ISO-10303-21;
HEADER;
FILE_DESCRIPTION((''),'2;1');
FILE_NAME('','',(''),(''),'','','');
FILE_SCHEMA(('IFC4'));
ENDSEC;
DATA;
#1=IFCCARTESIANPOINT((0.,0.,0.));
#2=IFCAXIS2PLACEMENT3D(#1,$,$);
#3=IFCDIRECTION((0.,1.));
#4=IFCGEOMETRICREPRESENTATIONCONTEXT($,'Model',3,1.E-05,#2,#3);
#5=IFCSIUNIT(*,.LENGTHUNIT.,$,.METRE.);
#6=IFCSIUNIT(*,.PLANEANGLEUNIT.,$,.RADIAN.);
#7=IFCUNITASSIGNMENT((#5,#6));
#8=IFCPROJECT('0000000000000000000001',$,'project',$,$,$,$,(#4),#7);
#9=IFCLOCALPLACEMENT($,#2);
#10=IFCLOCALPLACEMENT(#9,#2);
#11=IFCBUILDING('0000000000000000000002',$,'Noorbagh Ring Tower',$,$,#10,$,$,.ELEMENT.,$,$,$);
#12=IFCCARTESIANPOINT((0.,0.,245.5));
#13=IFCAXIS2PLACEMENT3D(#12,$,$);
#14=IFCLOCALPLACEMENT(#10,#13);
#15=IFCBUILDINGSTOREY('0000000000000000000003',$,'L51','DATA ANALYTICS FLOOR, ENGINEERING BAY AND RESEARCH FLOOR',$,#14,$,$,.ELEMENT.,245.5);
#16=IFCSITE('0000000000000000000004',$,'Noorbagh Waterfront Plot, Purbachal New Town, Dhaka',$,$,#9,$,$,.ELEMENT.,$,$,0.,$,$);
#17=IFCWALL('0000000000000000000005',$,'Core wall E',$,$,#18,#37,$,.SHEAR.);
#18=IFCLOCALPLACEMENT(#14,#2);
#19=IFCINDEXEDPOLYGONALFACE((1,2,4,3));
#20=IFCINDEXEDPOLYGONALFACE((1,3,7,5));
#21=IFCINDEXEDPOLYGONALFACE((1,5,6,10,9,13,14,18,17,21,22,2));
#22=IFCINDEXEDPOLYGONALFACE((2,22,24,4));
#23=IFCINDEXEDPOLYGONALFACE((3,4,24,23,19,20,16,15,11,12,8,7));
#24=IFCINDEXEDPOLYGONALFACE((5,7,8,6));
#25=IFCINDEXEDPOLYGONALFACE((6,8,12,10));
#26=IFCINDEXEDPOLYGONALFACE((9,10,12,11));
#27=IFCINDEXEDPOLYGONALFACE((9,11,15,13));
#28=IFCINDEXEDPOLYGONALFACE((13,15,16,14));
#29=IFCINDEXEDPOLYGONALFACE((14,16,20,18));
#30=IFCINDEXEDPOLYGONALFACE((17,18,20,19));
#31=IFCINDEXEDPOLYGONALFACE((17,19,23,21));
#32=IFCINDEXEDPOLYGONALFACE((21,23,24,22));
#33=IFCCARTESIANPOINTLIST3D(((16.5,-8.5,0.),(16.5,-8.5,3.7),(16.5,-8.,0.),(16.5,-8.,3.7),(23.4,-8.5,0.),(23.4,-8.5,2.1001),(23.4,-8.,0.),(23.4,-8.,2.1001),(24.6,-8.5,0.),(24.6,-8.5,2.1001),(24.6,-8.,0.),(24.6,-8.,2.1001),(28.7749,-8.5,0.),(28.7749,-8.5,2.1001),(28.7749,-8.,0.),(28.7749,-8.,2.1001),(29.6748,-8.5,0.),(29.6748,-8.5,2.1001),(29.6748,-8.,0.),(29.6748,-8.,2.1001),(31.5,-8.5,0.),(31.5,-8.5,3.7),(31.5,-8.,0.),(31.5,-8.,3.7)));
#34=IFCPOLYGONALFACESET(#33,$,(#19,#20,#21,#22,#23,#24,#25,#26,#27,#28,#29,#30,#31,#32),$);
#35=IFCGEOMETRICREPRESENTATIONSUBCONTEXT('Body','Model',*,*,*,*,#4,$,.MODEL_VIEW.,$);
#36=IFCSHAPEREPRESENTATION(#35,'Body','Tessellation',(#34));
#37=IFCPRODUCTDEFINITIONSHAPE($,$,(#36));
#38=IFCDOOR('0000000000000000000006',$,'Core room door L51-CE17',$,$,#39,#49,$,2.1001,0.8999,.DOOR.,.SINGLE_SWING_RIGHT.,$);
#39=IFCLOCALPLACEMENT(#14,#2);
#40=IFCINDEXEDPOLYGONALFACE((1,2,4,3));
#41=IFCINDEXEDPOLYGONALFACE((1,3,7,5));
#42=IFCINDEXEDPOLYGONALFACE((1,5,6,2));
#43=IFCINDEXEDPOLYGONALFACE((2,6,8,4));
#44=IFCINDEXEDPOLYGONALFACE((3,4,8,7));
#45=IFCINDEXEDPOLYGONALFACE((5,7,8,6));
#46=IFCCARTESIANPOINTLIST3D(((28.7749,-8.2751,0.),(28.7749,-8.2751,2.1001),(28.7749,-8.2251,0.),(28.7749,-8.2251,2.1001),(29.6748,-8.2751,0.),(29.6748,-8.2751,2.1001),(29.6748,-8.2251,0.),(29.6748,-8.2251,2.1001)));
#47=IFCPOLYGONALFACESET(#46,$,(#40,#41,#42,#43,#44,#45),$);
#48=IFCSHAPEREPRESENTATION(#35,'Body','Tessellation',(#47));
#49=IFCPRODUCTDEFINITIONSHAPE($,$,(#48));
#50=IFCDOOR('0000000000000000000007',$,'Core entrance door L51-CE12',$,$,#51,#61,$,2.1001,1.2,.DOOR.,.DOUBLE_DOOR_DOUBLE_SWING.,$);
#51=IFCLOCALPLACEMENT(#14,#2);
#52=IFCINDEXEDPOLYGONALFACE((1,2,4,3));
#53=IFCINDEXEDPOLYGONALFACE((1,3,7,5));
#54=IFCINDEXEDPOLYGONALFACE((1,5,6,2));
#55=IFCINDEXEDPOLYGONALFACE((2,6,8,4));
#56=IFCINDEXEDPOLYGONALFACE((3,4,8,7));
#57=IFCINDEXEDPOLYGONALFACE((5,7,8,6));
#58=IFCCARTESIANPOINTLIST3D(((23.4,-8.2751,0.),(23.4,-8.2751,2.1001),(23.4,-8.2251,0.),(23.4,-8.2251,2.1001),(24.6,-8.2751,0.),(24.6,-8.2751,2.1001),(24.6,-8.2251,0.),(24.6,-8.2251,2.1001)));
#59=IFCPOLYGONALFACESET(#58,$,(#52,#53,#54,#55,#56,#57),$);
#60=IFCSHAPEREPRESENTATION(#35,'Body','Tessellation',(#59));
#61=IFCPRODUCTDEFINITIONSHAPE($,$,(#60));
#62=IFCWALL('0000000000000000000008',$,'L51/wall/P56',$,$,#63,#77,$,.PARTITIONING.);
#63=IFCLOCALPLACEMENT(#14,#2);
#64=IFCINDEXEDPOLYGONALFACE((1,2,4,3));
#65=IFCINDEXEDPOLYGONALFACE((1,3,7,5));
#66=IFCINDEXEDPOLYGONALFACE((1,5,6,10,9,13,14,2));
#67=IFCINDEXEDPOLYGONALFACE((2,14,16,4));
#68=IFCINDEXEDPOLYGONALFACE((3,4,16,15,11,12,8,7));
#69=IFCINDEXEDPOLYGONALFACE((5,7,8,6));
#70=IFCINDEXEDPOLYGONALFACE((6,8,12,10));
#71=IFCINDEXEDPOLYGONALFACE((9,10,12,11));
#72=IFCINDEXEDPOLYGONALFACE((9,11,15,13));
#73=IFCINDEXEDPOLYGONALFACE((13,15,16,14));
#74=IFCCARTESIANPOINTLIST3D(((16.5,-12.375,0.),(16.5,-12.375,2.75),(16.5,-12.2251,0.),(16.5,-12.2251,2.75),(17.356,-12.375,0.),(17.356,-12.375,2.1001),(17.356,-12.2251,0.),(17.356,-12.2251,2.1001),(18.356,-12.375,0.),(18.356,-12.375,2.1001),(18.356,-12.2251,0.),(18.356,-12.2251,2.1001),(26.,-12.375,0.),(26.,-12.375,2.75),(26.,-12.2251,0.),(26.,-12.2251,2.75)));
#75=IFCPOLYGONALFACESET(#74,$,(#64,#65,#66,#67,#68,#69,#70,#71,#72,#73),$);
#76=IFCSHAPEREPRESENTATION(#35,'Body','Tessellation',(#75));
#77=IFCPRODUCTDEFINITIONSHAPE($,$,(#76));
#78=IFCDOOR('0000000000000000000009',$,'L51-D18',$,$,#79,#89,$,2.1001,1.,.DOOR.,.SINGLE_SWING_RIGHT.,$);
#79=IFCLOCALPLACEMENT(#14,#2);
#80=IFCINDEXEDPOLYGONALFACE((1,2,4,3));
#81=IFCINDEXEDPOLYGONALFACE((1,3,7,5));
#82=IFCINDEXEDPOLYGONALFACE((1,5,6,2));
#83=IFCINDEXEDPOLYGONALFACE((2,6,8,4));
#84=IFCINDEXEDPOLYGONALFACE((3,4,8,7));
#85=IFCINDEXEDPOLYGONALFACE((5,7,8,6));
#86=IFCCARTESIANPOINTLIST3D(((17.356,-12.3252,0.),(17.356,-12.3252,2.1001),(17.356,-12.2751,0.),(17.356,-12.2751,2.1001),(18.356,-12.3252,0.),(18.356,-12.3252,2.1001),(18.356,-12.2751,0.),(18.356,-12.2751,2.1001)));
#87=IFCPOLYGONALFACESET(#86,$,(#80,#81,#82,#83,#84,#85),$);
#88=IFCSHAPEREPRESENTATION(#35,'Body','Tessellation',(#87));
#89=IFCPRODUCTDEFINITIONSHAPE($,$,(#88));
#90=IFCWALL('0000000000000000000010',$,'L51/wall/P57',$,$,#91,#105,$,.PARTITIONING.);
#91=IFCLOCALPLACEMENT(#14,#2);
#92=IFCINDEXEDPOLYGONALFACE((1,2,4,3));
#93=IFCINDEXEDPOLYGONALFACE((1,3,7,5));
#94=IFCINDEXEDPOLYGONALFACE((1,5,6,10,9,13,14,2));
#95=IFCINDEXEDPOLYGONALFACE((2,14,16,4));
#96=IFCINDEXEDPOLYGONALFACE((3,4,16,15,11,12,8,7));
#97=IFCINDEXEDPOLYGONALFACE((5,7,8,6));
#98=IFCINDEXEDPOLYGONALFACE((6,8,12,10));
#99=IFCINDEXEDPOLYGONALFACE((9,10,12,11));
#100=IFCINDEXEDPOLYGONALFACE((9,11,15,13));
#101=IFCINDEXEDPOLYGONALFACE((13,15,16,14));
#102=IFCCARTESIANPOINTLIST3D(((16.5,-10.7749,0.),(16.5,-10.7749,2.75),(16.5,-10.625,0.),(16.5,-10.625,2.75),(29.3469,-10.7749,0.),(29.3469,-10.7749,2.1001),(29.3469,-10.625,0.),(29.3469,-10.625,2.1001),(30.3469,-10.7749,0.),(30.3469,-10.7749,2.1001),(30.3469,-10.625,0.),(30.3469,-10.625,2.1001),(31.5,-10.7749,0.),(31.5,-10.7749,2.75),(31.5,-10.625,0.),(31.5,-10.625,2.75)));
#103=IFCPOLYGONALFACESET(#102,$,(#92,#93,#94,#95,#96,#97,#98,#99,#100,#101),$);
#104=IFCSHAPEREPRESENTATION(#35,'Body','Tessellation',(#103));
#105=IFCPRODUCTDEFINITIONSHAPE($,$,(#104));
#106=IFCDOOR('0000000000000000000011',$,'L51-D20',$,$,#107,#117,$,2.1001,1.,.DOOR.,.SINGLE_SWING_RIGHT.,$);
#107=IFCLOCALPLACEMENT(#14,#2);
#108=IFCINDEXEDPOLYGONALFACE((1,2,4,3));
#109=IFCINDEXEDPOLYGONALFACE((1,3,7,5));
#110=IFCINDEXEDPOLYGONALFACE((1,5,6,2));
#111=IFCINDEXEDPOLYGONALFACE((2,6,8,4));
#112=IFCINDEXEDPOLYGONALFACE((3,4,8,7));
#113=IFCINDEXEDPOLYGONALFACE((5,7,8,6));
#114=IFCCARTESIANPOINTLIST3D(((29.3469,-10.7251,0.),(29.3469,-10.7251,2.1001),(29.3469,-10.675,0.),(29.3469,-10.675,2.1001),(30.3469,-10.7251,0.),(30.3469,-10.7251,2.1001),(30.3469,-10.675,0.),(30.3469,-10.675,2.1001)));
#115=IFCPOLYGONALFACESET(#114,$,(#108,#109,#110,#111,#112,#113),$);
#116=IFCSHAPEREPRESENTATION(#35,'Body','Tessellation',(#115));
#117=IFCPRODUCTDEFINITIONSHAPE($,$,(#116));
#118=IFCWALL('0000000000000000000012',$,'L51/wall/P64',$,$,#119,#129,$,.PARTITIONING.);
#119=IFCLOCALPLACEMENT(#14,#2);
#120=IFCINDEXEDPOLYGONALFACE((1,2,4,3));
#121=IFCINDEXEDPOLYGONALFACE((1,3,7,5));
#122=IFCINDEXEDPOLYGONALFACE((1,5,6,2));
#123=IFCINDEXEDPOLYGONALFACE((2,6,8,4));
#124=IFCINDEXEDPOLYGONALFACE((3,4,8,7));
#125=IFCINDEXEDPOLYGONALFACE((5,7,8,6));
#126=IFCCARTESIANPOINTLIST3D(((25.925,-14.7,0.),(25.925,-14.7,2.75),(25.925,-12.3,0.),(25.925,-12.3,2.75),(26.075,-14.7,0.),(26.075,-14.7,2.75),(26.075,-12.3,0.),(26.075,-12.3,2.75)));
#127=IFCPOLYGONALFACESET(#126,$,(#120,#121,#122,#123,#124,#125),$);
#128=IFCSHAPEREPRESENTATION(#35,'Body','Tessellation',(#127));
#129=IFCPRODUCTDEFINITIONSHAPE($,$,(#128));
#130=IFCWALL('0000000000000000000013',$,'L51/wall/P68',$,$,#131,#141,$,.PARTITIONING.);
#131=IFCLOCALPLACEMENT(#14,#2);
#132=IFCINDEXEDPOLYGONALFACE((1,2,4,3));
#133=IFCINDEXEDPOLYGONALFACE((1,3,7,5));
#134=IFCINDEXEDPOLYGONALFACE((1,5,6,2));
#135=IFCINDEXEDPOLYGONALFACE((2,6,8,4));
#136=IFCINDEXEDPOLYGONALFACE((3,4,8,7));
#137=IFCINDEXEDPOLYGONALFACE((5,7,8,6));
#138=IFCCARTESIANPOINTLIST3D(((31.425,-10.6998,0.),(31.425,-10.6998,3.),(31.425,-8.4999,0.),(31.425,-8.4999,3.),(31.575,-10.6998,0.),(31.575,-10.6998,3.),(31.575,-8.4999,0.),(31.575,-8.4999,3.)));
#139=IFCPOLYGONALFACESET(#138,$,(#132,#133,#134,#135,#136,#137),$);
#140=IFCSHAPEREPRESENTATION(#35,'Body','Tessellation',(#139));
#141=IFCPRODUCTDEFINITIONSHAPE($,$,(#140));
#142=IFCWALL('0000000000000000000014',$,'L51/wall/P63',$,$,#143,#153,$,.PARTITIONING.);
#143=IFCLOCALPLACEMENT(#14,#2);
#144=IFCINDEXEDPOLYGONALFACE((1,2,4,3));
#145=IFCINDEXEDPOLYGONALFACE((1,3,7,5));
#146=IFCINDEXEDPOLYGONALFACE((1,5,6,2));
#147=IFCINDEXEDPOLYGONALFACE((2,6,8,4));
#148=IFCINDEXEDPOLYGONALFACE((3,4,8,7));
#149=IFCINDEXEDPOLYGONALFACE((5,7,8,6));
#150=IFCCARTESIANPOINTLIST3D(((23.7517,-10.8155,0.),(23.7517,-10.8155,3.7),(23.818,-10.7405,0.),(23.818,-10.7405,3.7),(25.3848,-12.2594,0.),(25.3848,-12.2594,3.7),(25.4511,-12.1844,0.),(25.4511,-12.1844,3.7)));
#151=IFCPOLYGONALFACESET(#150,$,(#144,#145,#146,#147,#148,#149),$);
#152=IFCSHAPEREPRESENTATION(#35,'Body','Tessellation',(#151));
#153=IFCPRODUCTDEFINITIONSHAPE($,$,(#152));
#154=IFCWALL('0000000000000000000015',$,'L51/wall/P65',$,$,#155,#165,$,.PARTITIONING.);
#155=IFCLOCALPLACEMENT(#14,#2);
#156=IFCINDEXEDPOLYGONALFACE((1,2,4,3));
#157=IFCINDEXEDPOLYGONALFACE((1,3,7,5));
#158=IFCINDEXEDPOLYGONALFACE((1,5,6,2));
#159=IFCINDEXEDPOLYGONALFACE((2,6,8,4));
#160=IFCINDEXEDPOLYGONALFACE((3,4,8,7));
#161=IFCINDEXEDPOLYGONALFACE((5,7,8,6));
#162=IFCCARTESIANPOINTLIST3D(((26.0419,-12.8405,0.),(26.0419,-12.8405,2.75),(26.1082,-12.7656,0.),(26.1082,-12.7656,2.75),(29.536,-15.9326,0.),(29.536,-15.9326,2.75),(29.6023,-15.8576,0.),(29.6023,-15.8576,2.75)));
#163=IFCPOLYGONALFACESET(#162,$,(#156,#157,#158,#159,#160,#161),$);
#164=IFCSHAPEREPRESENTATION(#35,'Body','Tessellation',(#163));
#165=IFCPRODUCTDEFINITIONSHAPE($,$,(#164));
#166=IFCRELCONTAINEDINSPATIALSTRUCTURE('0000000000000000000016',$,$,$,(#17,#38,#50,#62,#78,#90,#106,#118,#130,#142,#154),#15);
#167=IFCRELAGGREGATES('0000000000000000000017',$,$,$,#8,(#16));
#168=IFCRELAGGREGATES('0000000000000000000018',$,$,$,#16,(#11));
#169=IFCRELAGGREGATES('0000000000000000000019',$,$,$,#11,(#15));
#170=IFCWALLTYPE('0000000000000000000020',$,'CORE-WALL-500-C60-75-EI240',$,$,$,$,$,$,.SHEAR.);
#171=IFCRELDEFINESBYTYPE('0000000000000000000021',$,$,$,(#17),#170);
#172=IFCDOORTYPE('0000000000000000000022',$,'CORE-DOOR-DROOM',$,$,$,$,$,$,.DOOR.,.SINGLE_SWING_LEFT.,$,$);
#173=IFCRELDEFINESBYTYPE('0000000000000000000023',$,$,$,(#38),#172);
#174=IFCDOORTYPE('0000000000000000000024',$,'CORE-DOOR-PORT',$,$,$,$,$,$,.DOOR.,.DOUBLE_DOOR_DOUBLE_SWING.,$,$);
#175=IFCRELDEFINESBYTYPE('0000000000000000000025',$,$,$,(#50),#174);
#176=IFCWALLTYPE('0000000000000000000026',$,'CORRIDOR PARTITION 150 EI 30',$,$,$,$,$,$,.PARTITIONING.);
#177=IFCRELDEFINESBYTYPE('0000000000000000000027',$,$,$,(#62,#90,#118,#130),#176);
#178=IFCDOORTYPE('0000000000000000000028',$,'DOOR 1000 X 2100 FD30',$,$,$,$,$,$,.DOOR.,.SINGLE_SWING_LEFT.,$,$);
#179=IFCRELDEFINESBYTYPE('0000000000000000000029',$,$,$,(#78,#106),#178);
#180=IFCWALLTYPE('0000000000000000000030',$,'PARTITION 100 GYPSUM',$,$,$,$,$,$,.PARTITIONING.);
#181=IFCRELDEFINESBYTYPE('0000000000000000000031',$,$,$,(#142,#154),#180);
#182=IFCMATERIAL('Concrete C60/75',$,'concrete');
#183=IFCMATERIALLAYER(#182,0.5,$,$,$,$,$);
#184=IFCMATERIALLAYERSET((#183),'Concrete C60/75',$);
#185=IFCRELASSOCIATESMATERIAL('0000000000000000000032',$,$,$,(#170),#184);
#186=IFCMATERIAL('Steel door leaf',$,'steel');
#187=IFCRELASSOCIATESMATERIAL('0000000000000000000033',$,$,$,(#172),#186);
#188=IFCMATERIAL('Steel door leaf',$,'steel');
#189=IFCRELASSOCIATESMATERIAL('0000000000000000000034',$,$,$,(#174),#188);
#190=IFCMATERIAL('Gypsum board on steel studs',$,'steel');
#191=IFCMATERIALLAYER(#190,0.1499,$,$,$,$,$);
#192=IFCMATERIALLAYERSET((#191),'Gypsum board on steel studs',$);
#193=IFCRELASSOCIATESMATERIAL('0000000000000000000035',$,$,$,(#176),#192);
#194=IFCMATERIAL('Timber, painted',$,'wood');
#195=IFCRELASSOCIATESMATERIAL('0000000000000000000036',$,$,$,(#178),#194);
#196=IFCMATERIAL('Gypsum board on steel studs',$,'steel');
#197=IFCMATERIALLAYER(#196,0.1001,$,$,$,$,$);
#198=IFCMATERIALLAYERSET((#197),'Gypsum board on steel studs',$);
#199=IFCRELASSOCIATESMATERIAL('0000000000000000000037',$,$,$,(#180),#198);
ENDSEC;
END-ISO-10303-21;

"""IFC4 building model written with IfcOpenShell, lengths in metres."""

from ifc_helpers import new_model, si_unit, direction, frame, frame_2d, origin, place, context, subcontext, project, spatial, rectangle, extrude, material, layer, layer_set, type_object, element, fill, save


model = new_model("IFC4")

# Units and contexts
model_context = context("Model", 3, precision=1e-05, world=origin(), true_north=direction((0.0, 1.0)))
body_context = subcontext(model_context, "Body", "Model", "MODEL_VIEW")
ifc_project = project(units=[si_unit("LENGTHUNIT", "METRE"), si_unit("PLANEANGLEUNIT", "RADIAN")], contexts=[model_context])

# Site, building, storey
site_placement = place(None, origin())
site = spatial("IfcSite", under=ifc_project, at=site_placement, Name="Noorbagh Waterfront Plot, Purbachal New Town, Dhaka", CompositionType="ELEMENT", RefElevation=0.0)
building_placement = place(site_placement, origin())
building = spatial("IfcBuilding", under=site, at=building_placement, Name="Noorbagh Ring Tower", CompositionType="ELEMENT")
storey_placement = place(building_placement, frame((0.0, 0.0, 245.5)))
storey = spatial("IfcBuildingStorey", under=building, at=storey_placement, Name="L51", Description="DATA ANALYTICS FLOOR, ENGINEERING BAY AND RESEARCH FLOOR", CompositionType="ELEMENT", Elevation=245.5)

# Wall, openings, doors
ifc_material_1 = material(Name="Concrete C60/75", Category="concrete")
ifc_layer_1 = layer(ifc_material_1, 0.5)
ifc_layer_set_1 = layer_set([ifc_layer_1], Name="Concrete C60/75")
wall_type_1 = type_object("IfcWallType", Name="CORE-WALL-500-C60-75-EI240", PredefinedType="SHEAR", material=ifc_layer_set_1)
wall_1_placement = place(storey_placement, frame((16.5, -8.25, 0.0), z_axis=(0.0, 0.0, 1.0), x_axis=(1.0, 0.0, 0.0)))
wall_1 = element("IfcWall", 1, at=wall_1_placement, inside=storey, type_object=wall_type_1, Name="Core wall E", PredefinedType="SHEAR", context=body_context, shape_type="SweptSolid", body=[
    extrude(rectangle(XDim=15.0, YDim=0.5, at=frame_2d((7.5, 0.0))), origin(), (0.0, 0.0, 1.0), 3.7),
])
opening_1_placement = place(wall_1_placement, frame((6.8999, 0.0, 0.0)))
opening_1 = element("IfcOpeningElement", 2, at=opening_1_placement, cuts=wall_1, PredefinedType="OPENING", context=body_context, shape_type="SweptSolid", body=[
    extrude(rectangle(XDim=1.2, YDim=2.1001, at=frame_2d((0.6001, 1.05))), frame((0.0, 0.26, 0.0), z_axis=(0.0, -1.0, 0.0), x_axis=(1.0, 0.0, 0.0)), (0.0, 0.0, 1.0), 0.52),
])
opening_2_placement = place(wall_1_placement, frame((12.2749, 0.0, 0.0)))
opening_2 = element("IfcOpeningElement", 3, at=opening_2_placement, cuts=wall_1, PredefinedType="OPENING", context=body_context, shape_type="SweptSolid", body=[
    extrude(rectangle(XDim=0.8999, YDim=2.1001, at=frame_2d((0.45, 1.05))), frame((0.0, 0.26, 0.0), z_axis=(0.0, -1.0, 0.0), x_axis=(1.0, 0.0, 0.0)), (0.0, 0.0, 1.0), 0.52),
])
ifc_material_2 = material(Name="Steel door leaf", Category="steel")
door_type_1 = type_object("IfcDoorType", Name="CORE-DOOR-DROOM", OperationType="SINGLE_SWING_LEFT", PredefinedType="DOOR", material=ifc_material_2)
door_1_placement = place(opening_2_placement, origin())
door_1 = element("IfcDoor", 4, at=door_1_placement, inside=storey, type_object=door_type_1, Name="Core room door L51-CE17", OperationType="SINGLE_SWING_RIGHT", OverallHeight=2.1001, OverallWidth=0.8999, PredefinedType="DOOR", context=body_context, shape_type="SweptSolid", body=[
    extrude(rectangle(XDim=0.8999, YDim=2.1001, at=frame_2d((0.45, 1.05))), frame((0.0, 0.0249, 0.0), z_axis=(0.0, -1.0, 0.0), x_axis=(1.0, 0.0, 0.0)), (0.0, 0.0, 1.0), 0.05),
])
fill(opening_2, door_1)
ifc_material_3 = material(Name="Steel door leaf", Category="steel")
door_type_2 = type_object("IfcDoorType", Name="CORE-DOOR-PORT", OperationType="DOUBLE_DOOR_DOUBLE_SWING", PredefinedType="DOOR", material=ifc_material_3)
door_2_placement = place(opening_1_placement, origin())
door_2 = element("IfcDoor", 5, at=door_2_placement, inside=storey, type_object=door_type_2, Name="Core entrance door L51-CE12", OperationType="DOUBLE_DOOR_DOUBLE_SWING", OverallHeight=2.1001, OverallWidth=1.2, PredefinedType="DOOR", context=body_context, shape_type="SweptSolid", body=[
    extrude(rectangle(XDim=1.2, YDim=2.1001, at=frame_2d((0.6001, 1.05))), frame((0.0, 0.0249, 0.0), z_axis=(0.0, -1.0, 0.0), x_axis=(1.0, 0.0, 0.0)), (0.0, 0.0, 1.0), 0.05),
])
fill(opening_1, door_2)

# Walls, openings, doors
ifc_material_4 = material(Name="Gypsum board on steel studs", Category="steel")
ifc_layer_2 = layer(ifc_material_4, 0.1499)
ifc_layer_set_2 = layer_set([ifc_layer_2], Name="Gypsum board on steel studs")
wall_type_2 = type_object("IfcWallType", Name="CORRIDOR PARTITION 150 EI 30", PredefinedType="PARTITIONING", material=ifc_layer_set_2)
wall_2_placement = place(storey_placement, frame((16.5, -12.3, 0.0), z_axis=(0.0, 0.0, 1.0), x_axis=(1.0, 0.0, 0.0)))
wall_2 = element("IfcWall", 6, at=wall_2_placement, inside=storey, type_object=wall_type_2, Name="L51/wall/P56", PredefinedType="PARTITIONING", context=body_context, shape_type="SweptSolid", body=[
    extrude(rectangle(XDim=9.5, YDim=0.1499, at=frame_2d((4.75, 0.0))), origin(), (0.0, 0.0, 1.0), 2.75),
])
opening_3_placement = place(wall_2_placement, frame((0.856, 0.0, 0.0)))
opening_3 = element("IfcOpeningElement", 7, at=opening_3_placement, cuts=wall_2, PredefinedType="OPENING", context=body_context, shape_type="SweptSolid", body=[
    extrude(rectangle(XDim=1.0, YDim=2.1001, at=frame_2d((0.5, 1.05))), frame((0.0, 0.085, 0.0), z_axis=(0.0, -1.0, 0.0), x_axis=(1.0, 0.0, 0.0)), (0.0, 0.0, 1.0), 0.1699),
])
ifc_material_5 = material(Name="Timber, painted", Category="wood")
door_type_3 = type_object("IfcDoorType", Name="DOOR 1000 X 2100 FD30", OperationType="SINGLE_SWING_LEFT", PredefinedType="DOOR", material=ifc_material_5)
door_3_placement = place(opening_3_placement, origin())
door_3 = element("IfcDoor", 8, at=door_3_placement, inside=storey, type_object=door_type_3, Name="L51-D18", OperationType="SINGLE_SWING_RIGHT", OverallHeight=2.1001, OverallWidth=1.0, PredefinedType="DOOR", context=body_context, shape_type="SweptSolid", body=[
    extrude(rectangle(XDim=1.0, YDim=2.1001, at=frame_2d((0.5, 1.05))), frame((0.0, 0.0249, 0.0), z_axis=(0.0, -1.0, 0.0), x_axis=(1.0, 0.0, 0.0)), (0.0, 0.0, 1.0), 0.05),
])
fill(opening_3, door_3)
wall_3_placement = place(storey_placement, frame((16.5, -10.7, 0.0), z_axis=(0.0, 0.0, 1.0), x_axis=(1.0, 0.0, 0.0)))
wall_3 = element("IfcWall", 9, at=wall_3_placement, inside=storey, type_object=wall_type_2, Name="L51/wall/P57", PredefinedType="PARTITIONING", context=body_context, shape_type="SweptSolid", body=[
    extrude(rectangle(XDim=15.0, YDim=0.1499, at=frame_2d((7.5, 0.0))), origin(), (0.0, 0.0, 1.0), 2.75),
])
opening_4_placement = place(wall_3_placement, frame((12.8469, 0.0, 0.0)))
opening_4 = element("IfcOpeningElement", 10, at=opening_4_placement, cuts=wall_3, PredefinedType="OPENING", context=body_context, shape_type="SweptSolid", body=[
    extrude(rectangle(XDim=1.0, YDim=2.1001, at=frame_2d((0.5, 1.05))), frame((0.0, 0.085, 0.0), z_axis=(0.0, -1.0, 0.0), x_axis=(1.0, 0.0, 0.0)), (0.0, 0.0, 1.0), 0.1699),
])
door_4_placement = place(opening_4_placement, origin())
door_4 = element("IfcDoor", 11, at=door_4_placement, inside=storey, type_object=door_type_3, Name="L51-D20", OperationType="SINGLE_SWING_RIGHT", OverallHeight=2.1001, OverallWidth=1.0, PredefinedType="DOOR", context=body_context, shape_type="SweptSolid", body=[
    extrude(rectangle(XDim=1.0, YDim=2.1001, at=frame_2d((0.5, 1.05))), frame((0.0, 0.0249, 0.0), z_axis=(0.0, -1.0, 0.0), x_axis=(1.0, 0.0, 0.0)), (0.0, 0.0, 1.0), 0.05),
])
fill(opening_4, door_4)

# Walls
wall_4_placement = place(storey_placement, frame((26.0, -14.7, 0.0), z_axis=(0.0, 0.0, 1.0), x_axis=(0.0, 1.0, 0.0)))
element("IfcWall", 12, at=wall_4_placement, inside=storey, type_object=wall_type_2, Name="L51/wall/P64", PredefinedType="PARTITIONING", context=body_context, shape_type="SweptSolid", body=[
    extrude(rectangle(XDim=2.3999, YDim=0.1499, at=frame_2d((1.2, 0.0))), origin(), (0.0, 0.0, 1.0), 2.75),
])
wall_5_placement = place(storey_placement, frame((31.5, -10.7, 0.0), z_axis=(0.0, 0.0, 1.0), x_axis=(0.0, 1.0, 0.0)))
element("IfcWall", 13, at=wall_5_placement, inside=storey, type_object=wall_type_2, Name="L51/wall/P68", PredefinedType="PARTITIONING", context=body_context, shape_type="SweptSolid", body=[
    extrude(rectangle(XDim=2.2, YDim=0.1499, at=frame_2d((1.1001, 0.0))), origin(), (0.0, 0.0, 1.0), 3.0),
])
ifc_material_6 = material(Name="Gypsum board on steel studs", Category="steel")
ifc_layer_3 = layer(ifc_material_6, 0.1001)
ifc_layer_set_3 = layer_set([ifc_layer_3], Name="Gypsum board on steel studs")
wall_type_3 = type_object("IfcWallType", Name="PARTITION 100 GYPSUM", PredefinedType="PARTITIONING", material=ifc_layer_set_3)
wall_6_placement = place(storey_placement, frame((23.7849, -10.7781, 0.0), z_axis=(0.0, 0.0, 1.0), x_axis=(0.749174, -0.662373, 0.0)))
element("IfcWall", 14, at=wall_6_placement, inside=storey, type_object=wall_type_3, Name="L51/wall/P63", PredefinedType="PARTITIONING", context=body_context, shape_type="SweptSolid", body=[
    extrude(rectangle(XDim=2.1799, YDim=0.1001, at=frame_2d((1.0898, 0.0))), origin(), (0.0, 0.0, 1.0), 3.7),
])
wall_7_placement = place(storey_placement, frame((26.075, -12.803, 0.0), z_axis=(0.0, 0.0, 1.0), x_axis=(0.748883, -0.662703, 0.0)))
element("IfcWall", 15, at=wall_7_placement, inside=storey, type_object=wall_type_3, Name="L51/wall/P65", PredefinedType="PARTITIONING", context=body_context, shape_type="SweptSolid", body=[
    extrude(rectangle(XDim=4.6658, YDim=0.1001, at=frame_2d((2.333, 0.0))), origin(), (0.0, 0.0, 1.0), 2.75),
])

save(model, "model.ifc")
